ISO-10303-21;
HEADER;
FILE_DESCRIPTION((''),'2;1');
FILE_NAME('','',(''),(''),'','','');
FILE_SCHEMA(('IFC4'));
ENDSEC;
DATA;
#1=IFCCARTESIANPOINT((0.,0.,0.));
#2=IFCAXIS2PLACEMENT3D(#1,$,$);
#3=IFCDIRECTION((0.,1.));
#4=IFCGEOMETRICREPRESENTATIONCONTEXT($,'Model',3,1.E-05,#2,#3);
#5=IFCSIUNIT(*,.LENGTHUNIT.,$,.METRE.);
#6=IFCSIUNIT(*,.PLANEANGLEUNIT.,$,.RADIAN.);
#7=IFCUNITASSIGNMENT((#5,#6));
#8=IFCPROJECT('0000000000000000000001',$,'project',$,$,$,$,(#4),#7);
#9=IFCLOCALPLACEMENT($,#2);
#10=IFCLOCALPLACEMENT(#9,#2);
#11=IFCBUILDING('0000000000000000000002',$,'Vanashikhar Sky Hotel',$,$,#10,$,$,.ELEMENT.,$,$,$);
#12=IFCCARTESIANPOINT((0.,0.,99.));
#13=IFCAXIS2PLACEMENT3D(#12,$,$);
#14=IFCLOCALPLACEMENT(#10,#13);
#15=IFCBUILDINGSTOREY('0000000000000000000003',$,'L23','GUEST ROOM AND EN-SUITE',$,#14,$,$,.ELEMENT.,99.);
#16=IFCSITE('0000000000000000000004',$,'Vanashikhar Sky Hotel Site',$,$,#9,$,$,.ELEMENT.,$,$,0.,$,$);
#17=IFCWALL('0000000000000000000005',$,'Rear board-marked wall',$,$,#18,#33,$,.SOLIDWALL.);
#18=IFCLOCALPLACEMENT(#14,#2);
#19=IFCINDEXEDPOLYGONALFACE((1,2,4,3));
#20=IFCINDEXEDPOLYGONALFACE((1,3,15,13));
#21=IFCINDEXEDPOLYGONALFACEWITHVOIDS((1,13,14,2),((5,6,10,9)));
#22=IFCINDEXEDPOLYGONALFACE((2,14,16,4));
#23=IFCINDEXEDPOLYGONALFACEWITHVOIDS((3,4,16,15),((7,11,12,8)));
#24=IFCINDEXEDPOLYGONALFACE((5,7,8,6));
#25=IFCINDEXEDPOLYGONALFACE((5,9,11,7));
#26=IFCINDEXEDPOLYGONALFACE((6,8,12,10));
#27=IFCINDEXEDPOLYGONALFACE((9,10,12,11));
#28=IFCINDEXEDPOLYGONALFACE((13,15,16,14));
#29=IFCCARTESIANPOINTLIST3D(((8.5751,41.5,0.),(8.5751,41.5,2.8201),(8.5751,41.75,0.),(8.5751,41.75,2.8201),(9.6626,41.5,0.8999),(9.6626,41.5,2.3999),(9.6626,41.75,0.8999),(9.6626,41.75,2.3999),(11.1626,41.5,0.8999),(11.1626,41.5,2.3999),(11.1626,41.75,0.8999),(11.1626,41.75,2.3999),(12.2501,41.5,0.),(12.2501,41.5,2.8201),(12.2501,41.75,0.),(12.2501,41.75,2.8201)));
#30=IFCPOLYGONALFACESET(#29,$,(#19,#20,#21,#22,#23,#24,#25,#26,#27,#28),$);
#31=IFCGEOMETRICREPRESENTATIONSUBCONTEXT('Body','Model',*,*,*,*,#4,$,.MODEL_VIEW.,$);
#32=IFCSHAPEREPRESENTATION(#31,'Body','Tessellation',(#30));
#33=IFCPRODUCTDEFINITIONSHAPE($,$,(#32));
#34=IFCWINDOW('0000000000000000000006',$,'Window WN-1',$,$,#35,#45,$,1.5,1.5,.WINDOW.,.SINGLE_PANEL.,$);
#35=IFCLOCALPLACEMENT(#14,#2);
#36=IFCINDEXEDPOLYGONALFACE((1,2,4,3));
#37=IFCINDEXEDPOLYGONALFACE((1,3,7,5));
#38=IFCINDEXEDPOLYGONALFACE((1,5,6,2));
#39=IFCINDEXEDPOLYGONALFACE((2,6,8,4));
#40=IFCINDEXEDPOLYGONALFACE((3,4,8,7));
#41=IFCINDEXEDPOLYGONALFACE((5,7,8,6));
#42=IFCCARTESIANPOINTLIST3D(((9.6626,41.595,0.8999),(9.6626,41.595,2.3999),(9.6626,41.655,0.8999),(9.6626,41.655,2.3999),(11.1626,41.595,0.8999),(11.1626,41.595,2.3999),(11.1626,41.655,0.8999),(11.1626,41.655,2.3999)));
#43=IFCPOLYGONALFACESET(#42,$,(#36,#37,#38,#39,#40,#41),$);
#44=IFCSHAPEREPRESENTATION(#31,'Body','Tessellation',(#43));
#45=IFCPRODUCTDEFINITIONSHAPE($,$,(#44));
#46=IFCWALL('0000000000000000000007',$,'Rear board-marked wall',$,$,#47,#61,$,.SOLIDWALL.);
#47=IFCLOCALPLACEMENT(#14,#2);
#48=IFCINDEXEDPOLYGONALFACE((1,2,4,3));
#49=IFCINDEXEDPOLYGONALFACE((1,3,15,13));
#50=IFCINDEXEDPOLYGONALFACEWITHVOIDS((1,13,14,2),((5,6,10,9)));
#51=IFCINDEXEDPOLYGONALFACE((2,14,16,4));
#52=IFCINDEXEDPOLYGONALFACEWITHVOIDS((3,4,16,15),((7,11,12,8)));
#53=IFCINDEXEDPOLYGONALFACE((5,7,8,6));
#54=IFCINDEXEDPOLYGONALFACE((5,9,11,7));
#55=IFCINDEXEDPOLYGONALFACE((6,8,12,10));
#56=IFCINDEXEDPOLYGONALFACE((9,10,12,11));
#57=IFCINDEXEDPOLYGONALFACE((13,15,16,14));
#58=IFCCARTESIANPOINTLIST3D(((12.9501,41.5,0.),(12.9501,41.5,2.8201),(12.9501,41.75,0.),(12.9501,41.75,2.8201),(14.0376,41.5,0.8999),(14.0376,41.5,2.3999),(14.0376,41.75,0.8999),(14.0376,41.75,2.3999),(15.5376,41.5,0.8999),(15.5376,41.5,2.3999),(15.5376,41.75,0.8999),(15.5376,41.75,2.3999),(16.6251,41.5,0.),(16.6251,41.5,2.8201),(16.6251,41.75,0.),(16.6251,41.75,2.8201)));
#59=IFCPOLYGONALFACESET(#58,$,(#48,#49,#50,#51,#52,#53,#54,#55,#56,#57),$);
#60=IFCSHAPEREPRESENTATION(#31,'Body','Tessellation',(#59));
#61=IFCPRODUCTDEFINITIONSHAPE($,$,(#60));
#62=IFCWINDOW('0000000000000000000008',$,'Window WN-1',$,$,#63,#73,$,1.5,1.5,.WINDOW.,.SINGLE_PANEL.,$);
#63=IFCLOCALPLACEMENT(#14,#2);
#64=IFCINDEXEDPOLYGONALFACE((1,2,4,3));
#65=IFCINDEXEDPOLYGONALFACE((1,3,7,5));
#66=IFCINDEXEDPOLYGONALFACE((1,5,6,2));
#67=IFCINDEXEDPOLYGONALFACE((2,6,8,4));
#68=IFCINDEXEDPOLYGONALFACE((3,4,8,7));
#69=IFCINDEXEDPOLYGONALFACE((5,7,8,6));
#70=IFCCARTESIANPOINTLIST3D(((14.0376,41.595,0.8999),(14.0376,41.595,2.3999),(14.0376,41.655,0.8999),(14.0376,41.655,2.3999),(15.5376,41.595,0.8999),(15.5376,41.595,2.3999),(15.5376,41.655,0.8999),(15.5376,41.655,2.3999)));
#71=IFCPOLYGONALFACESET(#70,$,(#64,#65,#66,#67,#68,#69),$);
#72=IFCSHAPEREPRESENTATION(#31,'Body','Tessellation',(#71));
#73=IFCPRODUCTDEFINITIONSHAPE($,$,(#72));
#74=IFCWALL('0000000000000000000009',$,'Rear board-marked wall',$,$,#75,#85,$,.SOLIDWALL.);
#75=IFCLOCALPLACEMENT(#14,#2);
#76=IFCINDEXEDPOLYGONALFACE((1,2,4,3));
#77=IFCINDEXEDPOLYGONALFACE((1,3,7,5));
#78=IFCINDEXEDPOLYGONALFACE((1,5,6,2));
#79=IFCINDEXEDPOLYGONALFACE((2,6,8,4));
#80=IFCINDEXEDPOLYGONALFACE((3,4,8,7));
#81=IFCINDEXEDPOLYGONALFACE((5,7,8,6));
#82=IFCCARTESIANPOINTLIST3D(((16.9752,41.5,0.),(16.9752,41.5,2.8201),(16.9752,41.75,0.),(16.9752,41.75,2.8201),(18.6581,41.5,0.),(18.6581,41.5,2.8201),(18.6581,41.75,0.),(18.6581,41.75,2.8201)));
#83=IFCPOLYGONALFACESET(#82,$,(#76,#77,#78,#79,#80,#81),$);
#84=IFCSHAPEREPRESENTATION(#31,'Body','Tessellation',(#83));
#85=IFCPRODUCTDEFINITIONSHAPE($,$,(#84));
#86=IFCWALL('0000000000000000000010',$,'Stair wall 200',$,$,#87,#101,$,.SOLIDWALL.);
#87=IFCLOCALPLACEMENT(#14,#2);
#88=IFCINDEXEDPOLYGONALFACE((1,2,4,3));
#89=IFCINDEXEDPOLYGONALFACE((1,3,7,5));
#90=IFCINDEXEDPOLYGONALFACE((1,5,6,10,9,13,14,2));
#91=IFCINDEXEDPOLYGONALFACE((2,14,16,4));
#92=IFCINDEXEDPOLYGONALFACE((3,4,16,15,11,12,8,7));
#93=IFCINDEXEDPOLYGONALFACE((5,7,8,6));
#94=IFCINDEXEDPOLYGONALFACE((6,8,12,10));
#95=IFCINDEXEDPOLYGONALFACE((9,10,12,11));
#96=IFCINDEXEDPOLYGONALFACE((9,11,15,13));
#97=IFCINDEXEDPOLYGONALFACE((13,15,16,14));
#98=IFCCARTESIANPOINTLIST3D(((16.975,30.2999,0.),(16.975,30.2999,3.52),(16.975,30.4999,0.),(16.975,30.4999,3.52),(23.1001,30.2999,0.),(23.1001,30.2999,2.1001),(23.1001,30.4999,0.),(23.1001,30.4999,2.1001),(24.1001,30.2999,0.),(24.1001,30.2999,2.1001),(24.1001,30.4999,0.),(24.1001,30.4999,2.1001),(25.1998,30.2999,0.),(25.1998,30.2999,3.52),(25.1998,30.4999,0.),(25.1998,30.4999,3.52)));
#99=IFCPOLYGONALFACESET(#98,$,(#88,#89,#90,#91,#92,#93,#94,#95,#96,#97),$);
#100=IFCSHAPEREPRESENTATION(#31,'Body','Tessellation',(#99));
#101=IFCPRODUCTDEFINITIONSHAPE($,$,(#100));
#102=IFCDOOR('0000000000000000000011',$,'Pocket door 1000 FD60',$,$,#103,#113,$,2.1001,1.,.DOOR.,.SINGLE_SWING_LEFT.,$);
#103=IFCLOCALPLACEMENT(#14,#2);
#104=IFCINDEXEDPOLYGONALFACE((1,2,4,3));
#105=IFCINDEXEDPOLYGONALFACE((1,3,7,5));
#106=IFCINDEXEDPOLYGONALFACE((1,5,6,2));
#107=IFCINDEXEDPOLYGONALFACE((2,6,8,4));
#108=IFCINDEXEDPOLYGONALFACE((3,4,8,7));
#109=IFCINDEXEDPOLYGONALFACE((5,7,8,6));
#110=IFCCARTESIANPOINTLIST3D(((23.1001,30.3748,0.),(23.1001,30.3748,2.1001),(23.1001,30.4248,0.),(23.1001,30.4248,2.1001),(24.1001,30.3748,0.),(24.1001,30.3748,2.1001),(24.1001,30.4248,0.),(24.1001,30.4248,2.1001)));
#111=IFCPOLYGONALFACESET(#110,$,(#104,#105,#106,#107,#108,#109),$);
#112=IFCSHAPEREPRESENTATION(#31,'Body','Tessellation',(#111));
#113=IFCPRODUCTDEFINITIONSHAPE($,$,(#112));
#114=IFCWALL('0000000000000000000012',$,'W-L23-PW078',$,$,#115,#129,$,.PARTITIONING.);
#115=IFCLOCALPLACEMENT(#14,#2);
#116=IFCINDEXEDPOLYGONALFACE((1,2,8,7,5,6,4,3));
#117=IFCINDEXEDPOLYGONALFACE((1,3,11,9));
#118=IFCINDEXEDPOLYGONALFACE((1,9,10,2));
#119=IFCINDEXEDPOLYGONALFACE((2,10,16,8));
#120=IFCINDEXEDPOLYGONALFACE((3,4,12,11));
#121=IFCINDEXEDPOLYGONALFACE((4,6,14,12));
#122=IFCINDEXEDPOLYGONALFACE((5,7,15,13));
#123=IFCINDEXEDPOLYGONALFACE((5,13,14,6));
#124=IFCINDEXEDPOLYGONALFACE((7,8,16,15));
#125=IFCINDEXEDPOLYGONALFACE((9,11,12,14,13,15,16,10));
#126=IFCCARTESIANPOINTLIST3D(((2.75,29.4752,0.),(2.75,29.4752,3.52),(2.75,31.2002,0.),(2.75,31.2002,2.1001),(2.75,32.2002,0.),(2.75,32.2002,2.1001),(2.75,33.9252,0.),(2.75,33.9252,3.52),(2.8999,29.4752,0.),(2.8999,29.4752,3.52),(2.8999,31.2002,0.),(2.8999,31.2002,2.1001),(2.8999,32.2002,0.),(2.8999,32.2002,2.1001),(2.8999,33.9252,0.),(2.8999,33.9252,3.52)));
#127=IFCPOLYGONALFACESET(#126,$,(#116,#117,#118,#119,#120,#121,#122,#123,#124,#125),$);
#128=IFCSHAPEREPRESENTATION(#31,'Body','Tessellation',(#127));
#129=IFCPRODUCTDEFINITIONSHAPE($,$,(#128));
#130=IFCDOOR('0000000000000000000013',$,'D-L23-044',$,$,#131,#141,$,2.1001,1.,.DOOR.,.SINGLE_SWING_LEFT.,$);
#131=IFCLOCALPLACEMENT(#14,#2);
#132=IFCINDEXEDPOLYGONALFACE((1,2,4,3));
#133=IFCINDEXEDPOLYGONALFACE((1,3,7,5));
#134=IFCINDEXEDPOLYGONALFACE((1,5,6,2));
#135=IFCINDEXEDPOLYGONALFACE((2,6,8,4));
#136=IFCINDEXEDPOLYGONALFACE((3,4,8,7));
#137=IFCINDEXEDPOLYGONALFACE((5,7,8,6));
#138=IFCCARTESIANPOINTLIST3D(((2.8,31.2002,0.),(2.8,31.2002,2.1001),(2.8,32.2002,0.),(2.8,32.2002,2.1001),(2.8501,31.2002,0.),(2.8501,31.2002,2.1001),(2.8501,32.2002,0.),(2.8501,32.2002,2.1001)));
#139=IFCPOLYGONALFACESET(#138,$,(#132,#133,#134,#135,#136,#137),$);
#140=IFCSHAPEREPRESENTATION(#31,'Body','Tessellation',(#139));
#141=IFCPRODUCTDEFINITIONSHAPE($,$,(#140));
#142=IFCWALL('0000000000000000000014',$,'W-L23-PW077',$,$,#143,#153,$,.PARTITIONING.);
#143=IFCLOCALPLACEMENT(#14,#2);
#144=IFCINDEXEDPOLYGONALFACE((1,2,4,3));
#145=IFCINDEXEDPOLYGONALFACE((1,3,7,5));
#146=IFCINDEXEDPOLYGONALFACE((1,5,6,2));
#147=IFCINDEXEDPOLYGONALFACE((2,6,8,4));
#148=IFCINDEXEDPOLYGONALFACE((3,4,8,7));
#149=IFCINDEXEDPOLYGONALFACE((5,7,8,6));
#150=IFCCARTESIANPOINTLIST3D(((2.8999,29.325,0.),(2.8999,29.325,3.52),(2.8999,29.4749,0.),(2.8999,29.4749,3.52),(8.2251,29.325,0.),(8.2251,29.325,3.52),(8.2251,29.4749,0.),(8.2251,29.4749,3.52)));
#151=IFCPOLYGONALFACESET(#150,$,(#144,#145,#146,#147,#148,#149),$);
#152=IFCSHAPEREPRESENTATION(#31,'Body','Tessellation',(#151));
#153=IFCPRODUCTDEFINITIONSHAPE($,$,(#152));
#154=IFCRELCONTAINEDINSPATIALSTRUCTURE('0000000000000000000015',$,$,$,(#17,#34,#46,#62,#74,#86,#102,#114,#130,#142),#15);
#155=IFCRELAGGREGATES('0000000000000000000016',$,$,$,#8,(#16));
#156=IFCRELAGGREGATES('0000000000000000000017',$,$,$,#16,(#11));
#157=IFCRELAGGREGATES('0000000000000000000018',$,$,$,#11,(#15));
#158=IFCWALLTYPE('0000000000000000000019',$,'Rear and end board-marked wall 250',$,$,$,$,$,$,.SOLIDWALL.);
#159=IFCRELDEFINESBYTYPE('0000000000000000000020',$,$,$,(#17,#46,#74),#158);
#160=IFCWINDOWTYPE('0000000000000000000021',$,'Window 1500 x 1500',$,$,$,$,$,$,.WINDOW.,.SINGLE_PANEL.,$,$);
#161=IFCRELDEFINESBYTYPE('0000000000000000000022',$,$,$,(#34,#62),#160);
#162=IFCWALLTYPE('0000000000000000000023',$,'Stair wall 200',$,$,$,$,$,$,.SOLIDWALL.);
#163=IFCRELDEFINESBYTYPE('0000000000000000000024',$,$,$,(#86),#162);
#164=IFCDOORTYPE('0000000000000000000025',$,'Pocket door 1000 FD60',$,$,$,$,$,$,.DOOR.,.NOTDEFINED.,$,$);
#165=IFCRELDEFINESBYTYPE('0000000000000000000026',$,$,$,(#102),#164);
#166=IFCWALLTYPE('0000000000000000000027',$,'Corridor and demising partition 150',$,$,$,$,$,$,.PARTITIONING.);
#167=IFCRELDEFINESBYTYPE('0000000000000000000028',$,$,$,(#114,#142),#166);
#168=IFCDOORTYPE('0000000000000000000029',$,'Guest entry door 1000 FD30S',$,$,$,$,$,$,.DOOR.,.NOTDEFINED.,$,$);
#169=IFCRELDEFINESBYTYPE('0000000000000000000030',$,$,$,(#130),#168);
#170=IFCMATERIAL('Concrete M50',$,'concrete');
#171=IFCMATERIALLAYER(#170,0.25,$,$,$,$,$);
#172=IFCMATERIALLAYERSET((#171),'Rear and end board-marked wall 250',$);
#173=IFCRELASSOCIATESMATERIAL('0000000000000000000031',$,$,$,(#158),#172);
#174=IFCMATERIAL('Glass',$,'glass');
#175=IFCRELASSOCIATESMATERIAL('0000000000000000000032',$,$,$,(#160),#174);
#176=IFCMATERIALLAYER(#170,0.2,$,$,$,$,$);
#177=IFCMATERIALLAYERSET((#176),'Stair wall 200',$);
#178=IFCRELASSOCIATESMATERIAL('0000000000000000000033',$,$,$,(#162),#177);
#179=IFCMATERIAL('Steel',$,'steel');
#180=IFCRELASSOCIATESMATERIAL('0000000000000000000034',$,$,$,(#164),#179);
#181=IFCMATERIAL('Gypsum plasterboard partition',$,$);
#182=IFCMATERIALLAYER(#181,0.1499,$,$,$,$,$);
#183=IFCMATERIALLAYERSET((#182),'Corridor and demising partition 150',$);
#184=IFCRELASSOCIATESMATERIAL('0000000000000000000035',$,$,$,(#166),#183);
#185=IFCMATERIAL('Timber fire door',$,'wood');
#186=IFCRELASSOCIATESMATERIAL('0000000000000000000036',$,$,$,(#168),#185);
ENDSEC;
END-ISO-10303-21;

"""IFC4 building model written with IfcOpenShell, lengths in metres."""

from ifc_helpers import new_model, si_unit, direction, frame, frame_2d, origin, place, context, subcontext, project, spatial, rectangle, extrude, source, transform, mapped, material, layer, layer_set, type_object, element, fill, save


model = new_model("IFC4")

# Units and contexts
model_context = context("Model", 3, precision=1e-05, world=origin(), true_north=direction((0.0, 1.0)))
body_context = subcontext(model_context, "Body", "Model", "MODEL_VIEW")
ifc_project = project(units=[si_unit("LENGTHUNIT", "METRE"), si_unit("PLANEANGLEUNIT", "RADIAN")], contexts=[model_context])

# Site, building, storey
site_placement = place(None, origin())
site = spatial("IfcSite", under=ifc_project, at=site_placement, Name="Vanashikhar Sky Hotel Site", CompositionType="ELEMENT", RefElevation=0.0)
building_placement = place(site_placement, origin())
building = spatial("IfcBuilding", under=site, at=building_placement, Name="Vanashikhar Sky Hotel", CompositionType="ELEMENT")
storey_placement = place(building_placement, frame((0.0, 0.0, 99.0)))
storey = spatial("IfcBuildingStorey", under=building, at=storey_placement, Name="L23", Description="GUEST ROOM AND EN-SUITE", CompositionType="ELEMENT", Elevation=99.0)

# Shared definitions
ifc_material_1 = material(Name="Concrete M50", Category="concrete")

# Shared definitions
ifc_material_2 = material(Name="Glass", Category="glass")

# Walls, openings, windows
ifc_layer_1 = layer(ifc_material_1, 0.25)
ifc_layer_set_1 = layer_set([ifc_layer_1], Name="Rear and end board-marked wall 250")
wall_type_1 = type_object("IfcWallType", Name="Rear and end board-marked wall 250", PredefinedType="SOLIDWALL", material=ifc_layer_set_1)
shared_shape_1 = source(origin(), body_context, "Body", "SweptSolid", [
    extrude(rectangle(XDim=1.5, YDim=1.5, at=frame_2d((0.75, 0.75))), frame((0.0, 0.135, 0.0), z_axis=(0.0, -1.0, 0.0), x_axis=(1.0, 0.0, 0.0)), (0.0, 0.0, 1.0), 0.27),
])
window_type_1 = type_object("IfcWindowType", Name="Window 1500 x 1500", PartitioningType="SINGLE_PANEL", PredefinedType="WINDOW", material=ifc_material_2)
shared_shape_2 = source(origin(), body_context, "Body", "SweptSolid", [
    extrude(rectangle(XDim=1.5, YDim=1.5, at=frame_2d((0.75, 0.75))), frame((0.0, 0.03, 0.0), z_axis=(0.0, -1.0, 0.0), x_axis=(1.0, 0.0, 0.0)), (0.0, 0.0, 1.0), 0.0601),
])
shared_shape_3 = source(origin(), body_context, "Body", "SweptSolid", [
    extrude(rectangle(XDim=3.675, YDim=0.25, at=frame_2d((1.8374, 0.0))), origin(), (0.0, 0.0, 1.0), 2.8201),
])
wall_1_placement = place(storey_placement, frame((12.25, 41.625, 0.0), z_axis=(0.0, 0.0, 1.0), x_axis=(-1.0, 0.0, 0.0)))
wall_1 = element("IfcWall", 1, at=wall_1_placement, inside=storey, type_object=wall_type_1, Name="Rear board-marked wall", PredefinedType="SOLIDWALL", context=body_context, shape_type="MappedRepresentation", body=[
    mapped(shared_shape_3, transform((0.0, 0.0, 0.0), scale=1.0)),
])
opening_1_placement = place(wall_1_placement, frame((1.0874, 0.0, 0.8999)))
opening_1 = element("IfcOpeningElement", 2, at=opening_1_placement, cuts=wall_1, PredefinedType="OPENING", context=body_context, shape_type="MappedRepresentation", body=[
    mapped(shared_shape_1, transform((0.0, 0.0, 0.0), scale=1.0)),
])
window_1_placement = place(opening_1_placement, origin())
window_1 = element("IfcWindow", 3, at=window_1_placement, inside=storey, type_object=window_type_1, Name="Window WN-1", OverallHeight=1.5, OverallWidth=1.5, PartitioningType="SINGLE_PANEL", PredefinedType="WINDOW", context=body_context, shape_type="MappedRepresentation", body=[
    mapped(shared_shape_2, transform((0.0, 0.0, 0.0), scale=1.0)),
])
fill(opening_1, window_1)
wall_2_placement = place(storey_placement, frame((16.625, 41.625, 0.0), z_axis=(0.0, 0.0, 1.0), x_axis=(-1.0, 0.0, 0.0)))
wall_2 = element("IfcWall", 4, at=wall_2_placement, inside=storey, type_object=wall_type_1, Name="Rear board-marked wall", PredefinedType="SOLIDWALL", context=body_context, shape_type="MappedRepresentation", body=[
    mapped(shared_shape_3, transform((0.0, 0.0, 0.0), scale=1.0)),
])
opening_2_placement = place(wall_2_placement, frame((1.0874, 0.0, 0.8999)))
opening_2 = element("IfcOpeningElement", 5, at=opening_2_placement, cuts=wall_2, PredefinedType="OPENING", context=body_context, shape_type="MappedRepresentation", body=[
    mapped(shared_shape_1, transform((0.0, 0.0, 0.0), scale=1.0)),
])
window_2_placement = place(opening_2_placement, origin())
window_2 = element("IfcWindow", 6, at=window_2_placement, inside=storey, type_object=window_type_1, Name="Window WN-1", OverallHeight=1.5, OverallWidth=1.5, PartitioningType="SINGLE_PANEL", PredefinedType="WINDOW", context=body_context, shape_type="MappedRepresentation", body=[
    mapped(shared_shape_2, transform((0.0, 0.0, 0.0), scale=1.0)),
])
fill(opening_2, window_2)

# Wall
shared_shape_4 = source(origin(), body_context, "Body", "SweptSolid", [
    extrude(rectangle(XDim=1.6829, YDim=0.25, at=frame_2d((0.8413, 0.0))), origin(), (0.0, 0.0, 1.0), 2.8201),
])
wall_3_placement = place(storey_placement, frame((18.658, 41.625, 0.0), z_axis=(0.0, 0.0, 1.0), x_axis=(-1.0, 0.0, 0.0)))
element("IfcWall", 7, at=wall_3_placement, inside=storey, type_object=wall_type_1, Name="Rear board-marked wall", PredefinedType="SOLIDWALL", context=body_context, shape_type="MappedRepresentation", body=[
    mapped(shared_shape_4, transform((0.0, 0.0, 0.0), scale=1.0)),
])

# Walls, openings, doors
ifc_layer_2 = layer(ifc_material_1, 0.2)
ifc_layer_set_2 = layer_set([ifc_layer_2], Name="Stair wall 200")
wall_type_2 = type_object("IfcWallType", Name="Stair wall 200", PredefinedType="SOLIDWALL", material=ifc_layer_set_2)
shared_shape_5 = source(origin(), body_context, "Body", "SweptSolid", [
    extrude(rectangle(XDim=8.2249, YDim=0.2, at=frame_2d((4.1123, 0.0))), origin(), (0.0, 0.0, 1.0), 3.52),
])
wall_4_placement = place(storey_placement, frame((16.9751, 30.3999, 0.0), z_axis=(0.0, 0.0, 1.0), x_axis=(1.0, 0.0, 0.0)))
wall_4 = element("IfcWall", 8, at=wall_4_placement, inside=storey, type_object=wall_type_2, Name="Stair wall 200", PredefinedType="SOLIDWALL", context=body_context, shape_type="MappedRepresentation", body=[
    mapped(shared_shape_5, transform((0.0, 0.0, 0.0), scale=1.0)),
])
shared_shape_6 = source(origin(), body_context, "Body", "SweptSolid", [
    extrude(rectangle(XDim=1.0, YDim=2.1001, at=frame_2d((0.5, 1.05))), frame((0.0, 0.1099, 0.0), z_axis=(0.0, -1.0, 0.0), x_axis=(1.0, 0.0, 0.0)), (0.0, 0.0, 1.0), 0.22),
])
opening_3_placement = place(wall_4_placement, frame((6.125, 0.0, 0.0)))
opening_3 = element("IfcOpeningElement", 9, at=opening_3_placement, cuts=wall_4, PredefinedType="OPENING", context=body_context, shape_type="MappedRepresentation", body=[
    mapped(shared_shape_6, transform((0.0, 0.0, 0.0), scale=1.0)),
])
ifc_material_3 = material(Name="Steel", Category="steel")
door_type_1 = type_object("IfcDoorType", Name="Pocket door 1000 FD60", OperationType="NOTDEFINED", PredefinedType="DOOR", material=ifc_material_3)
shared_shape_7 = source(origin(), body_context, "Body", "SweptSolid", [
    extrude(rectangle(XDim=1.0, YDim=2.1001, at=frame_2d((0.5, 1.05))), frame((0.0, 0.0249, 0.0), z_axis=(0.0, -1.0, 0.0), x_axis=(1.0, 0.0, 0.0)), (0.0, 0.0, 1.0), 0.05),
])
door_1_placement = place(opening_3_placement, origin())
door_1 = element("IfcDoor", 10, at=door_1_placement, inside=storey, type_object=door_type_1, Name="Pocket door 1000 FD60", OperationType="SINGLE_SWING_LEFT", OverallHeight=2.1001, OverallWidth=1.0, PredefinedType="DOOR", context=body_context, shape_type="MappedRepresentation", body=[
    mapped(shared_shape_7, transform((0.0, 0.0, 0.0), scale=1.0)),
])
fill(opening_3, door_1)
ifc_material_4 = material(Name="Gypsum plasterboard partition")
ifc_layer_3 = layer(ifc_material_4, 0.1499)
ifc_layer_set_3 = layer_set([ifc_layer_3], Name="Corridor and demising partition 150")
wall_type_3 = type_object("IfcWallType", Name="Corridor and demising partition 150", PredefinedType="PARTITIONING", material=ifc_layer_set_3)
shared_shape_8 = source(origin(), body_context, "Body", "SweptSolid", [
    extrude(rectangle(XDim=4.45, YDim=0.1499, at=frame_2d((2.2251, 0.0))), origin(), (0.0, 0.0, 1.0), 3.52),
])
wall_5_placement = place(storey_placement, frame((2.825, 29.4751, 0.0), z_axis=(0.0, 0.0, 1.0), x_axis=(0.0, 1.0, 0.0)))
wall_5 = element("IfcWall", 11, at=wall_5_placement, inside=storey, type_object=wall_type_3, Name="W-L23-PW078", PredefinedType="PARTITIONING", context=body_context, shape_type="MappedRepresentation", body=[
    mapped(shared_shape_8, transform((0.0, 0.0, 0.0), scale=1.0)),
])
shared_shape_9 = source(origin(), body_context, "Body", "SweptSolid", [
    extrude(rectangle(XDim=1.0, YDim=2.1001, at=frame_2d((0.5, 1.05))), frame((0.0, 0.085, 0.0), z_axis=(0.0, -1.0, 0.0), x_axis=(1.0, 0.0, 0.0)), (0.0, 0.0, 1.0), 0.1699),
])
opening_4_placement = place(wall_5_placement, frame((1.7251, 0.0, 0.0)))
opening_4 = element("IfcOpeningElement", 12, at=opening_4_placement, cuts=wall_5, PredefinedType="OPENING", context=body_context, shape_type="MappedRepresentation", body=[
    mapped(shared_shape_9, transform((0.0, 0.0, 0.0), scale=1.0)),
])
ifc_material_5 = material(Name="Timber fire door", Category="wood")
door_type_2 = type_object("IfcDoorType", Name="Guest entry door 1000 FD30S", OperationType="NOTDEFINED", PredefinedType="DOOR", material=ifc_material_5)
door_2_placement = place(opening_4_placement, origin())
door_2 = element("IfcDoor", 13, at=door_2_placement, inside=storey, type_object=door_type_2, Name="D-L23-044", OperationType="SINGLE_SWING_LEFT", OverallHeight=2.1001, OverallWidth=1.0, PredefinedType="DOOR", context=body_context, shape_type="MappedRepresentation", body=[
    mapped(shared_shape_7, transform((0.0, 0.0, 0.0), scale=1.0)),
])
fill(opening_4, door_2)

# Wall
shared_shape_10 = source(origin(), body_context, "Body", "SweptSolid", [
    extrude(rectangle(XDim=5.3252, YDim=0.1499, at=frame_2d((2.6626, 0.0))), origin(), (0.0, 0.0, 1.0), 3.52),
])
wall_6_placement = place(storey_placement, frame((2.8999, 29.3999, 0.0), z_axis=(0.0, 0.0, 1.0), x_axis=(1.0, 0.0, 0.0)))
element("IfcWall", 14, at=wall_6_placement, inside=storey, type_object=wall_type_3, Name="W-L23-PW077", PredefinedType="PARTITIONING", context=body_context, shape_type="MappedRepresentation", body=[
    mapped(shared_shape_10, transform((0.0, 0.0, 0.0), scale=1.0)),
])

save(model, "model.ifc")
